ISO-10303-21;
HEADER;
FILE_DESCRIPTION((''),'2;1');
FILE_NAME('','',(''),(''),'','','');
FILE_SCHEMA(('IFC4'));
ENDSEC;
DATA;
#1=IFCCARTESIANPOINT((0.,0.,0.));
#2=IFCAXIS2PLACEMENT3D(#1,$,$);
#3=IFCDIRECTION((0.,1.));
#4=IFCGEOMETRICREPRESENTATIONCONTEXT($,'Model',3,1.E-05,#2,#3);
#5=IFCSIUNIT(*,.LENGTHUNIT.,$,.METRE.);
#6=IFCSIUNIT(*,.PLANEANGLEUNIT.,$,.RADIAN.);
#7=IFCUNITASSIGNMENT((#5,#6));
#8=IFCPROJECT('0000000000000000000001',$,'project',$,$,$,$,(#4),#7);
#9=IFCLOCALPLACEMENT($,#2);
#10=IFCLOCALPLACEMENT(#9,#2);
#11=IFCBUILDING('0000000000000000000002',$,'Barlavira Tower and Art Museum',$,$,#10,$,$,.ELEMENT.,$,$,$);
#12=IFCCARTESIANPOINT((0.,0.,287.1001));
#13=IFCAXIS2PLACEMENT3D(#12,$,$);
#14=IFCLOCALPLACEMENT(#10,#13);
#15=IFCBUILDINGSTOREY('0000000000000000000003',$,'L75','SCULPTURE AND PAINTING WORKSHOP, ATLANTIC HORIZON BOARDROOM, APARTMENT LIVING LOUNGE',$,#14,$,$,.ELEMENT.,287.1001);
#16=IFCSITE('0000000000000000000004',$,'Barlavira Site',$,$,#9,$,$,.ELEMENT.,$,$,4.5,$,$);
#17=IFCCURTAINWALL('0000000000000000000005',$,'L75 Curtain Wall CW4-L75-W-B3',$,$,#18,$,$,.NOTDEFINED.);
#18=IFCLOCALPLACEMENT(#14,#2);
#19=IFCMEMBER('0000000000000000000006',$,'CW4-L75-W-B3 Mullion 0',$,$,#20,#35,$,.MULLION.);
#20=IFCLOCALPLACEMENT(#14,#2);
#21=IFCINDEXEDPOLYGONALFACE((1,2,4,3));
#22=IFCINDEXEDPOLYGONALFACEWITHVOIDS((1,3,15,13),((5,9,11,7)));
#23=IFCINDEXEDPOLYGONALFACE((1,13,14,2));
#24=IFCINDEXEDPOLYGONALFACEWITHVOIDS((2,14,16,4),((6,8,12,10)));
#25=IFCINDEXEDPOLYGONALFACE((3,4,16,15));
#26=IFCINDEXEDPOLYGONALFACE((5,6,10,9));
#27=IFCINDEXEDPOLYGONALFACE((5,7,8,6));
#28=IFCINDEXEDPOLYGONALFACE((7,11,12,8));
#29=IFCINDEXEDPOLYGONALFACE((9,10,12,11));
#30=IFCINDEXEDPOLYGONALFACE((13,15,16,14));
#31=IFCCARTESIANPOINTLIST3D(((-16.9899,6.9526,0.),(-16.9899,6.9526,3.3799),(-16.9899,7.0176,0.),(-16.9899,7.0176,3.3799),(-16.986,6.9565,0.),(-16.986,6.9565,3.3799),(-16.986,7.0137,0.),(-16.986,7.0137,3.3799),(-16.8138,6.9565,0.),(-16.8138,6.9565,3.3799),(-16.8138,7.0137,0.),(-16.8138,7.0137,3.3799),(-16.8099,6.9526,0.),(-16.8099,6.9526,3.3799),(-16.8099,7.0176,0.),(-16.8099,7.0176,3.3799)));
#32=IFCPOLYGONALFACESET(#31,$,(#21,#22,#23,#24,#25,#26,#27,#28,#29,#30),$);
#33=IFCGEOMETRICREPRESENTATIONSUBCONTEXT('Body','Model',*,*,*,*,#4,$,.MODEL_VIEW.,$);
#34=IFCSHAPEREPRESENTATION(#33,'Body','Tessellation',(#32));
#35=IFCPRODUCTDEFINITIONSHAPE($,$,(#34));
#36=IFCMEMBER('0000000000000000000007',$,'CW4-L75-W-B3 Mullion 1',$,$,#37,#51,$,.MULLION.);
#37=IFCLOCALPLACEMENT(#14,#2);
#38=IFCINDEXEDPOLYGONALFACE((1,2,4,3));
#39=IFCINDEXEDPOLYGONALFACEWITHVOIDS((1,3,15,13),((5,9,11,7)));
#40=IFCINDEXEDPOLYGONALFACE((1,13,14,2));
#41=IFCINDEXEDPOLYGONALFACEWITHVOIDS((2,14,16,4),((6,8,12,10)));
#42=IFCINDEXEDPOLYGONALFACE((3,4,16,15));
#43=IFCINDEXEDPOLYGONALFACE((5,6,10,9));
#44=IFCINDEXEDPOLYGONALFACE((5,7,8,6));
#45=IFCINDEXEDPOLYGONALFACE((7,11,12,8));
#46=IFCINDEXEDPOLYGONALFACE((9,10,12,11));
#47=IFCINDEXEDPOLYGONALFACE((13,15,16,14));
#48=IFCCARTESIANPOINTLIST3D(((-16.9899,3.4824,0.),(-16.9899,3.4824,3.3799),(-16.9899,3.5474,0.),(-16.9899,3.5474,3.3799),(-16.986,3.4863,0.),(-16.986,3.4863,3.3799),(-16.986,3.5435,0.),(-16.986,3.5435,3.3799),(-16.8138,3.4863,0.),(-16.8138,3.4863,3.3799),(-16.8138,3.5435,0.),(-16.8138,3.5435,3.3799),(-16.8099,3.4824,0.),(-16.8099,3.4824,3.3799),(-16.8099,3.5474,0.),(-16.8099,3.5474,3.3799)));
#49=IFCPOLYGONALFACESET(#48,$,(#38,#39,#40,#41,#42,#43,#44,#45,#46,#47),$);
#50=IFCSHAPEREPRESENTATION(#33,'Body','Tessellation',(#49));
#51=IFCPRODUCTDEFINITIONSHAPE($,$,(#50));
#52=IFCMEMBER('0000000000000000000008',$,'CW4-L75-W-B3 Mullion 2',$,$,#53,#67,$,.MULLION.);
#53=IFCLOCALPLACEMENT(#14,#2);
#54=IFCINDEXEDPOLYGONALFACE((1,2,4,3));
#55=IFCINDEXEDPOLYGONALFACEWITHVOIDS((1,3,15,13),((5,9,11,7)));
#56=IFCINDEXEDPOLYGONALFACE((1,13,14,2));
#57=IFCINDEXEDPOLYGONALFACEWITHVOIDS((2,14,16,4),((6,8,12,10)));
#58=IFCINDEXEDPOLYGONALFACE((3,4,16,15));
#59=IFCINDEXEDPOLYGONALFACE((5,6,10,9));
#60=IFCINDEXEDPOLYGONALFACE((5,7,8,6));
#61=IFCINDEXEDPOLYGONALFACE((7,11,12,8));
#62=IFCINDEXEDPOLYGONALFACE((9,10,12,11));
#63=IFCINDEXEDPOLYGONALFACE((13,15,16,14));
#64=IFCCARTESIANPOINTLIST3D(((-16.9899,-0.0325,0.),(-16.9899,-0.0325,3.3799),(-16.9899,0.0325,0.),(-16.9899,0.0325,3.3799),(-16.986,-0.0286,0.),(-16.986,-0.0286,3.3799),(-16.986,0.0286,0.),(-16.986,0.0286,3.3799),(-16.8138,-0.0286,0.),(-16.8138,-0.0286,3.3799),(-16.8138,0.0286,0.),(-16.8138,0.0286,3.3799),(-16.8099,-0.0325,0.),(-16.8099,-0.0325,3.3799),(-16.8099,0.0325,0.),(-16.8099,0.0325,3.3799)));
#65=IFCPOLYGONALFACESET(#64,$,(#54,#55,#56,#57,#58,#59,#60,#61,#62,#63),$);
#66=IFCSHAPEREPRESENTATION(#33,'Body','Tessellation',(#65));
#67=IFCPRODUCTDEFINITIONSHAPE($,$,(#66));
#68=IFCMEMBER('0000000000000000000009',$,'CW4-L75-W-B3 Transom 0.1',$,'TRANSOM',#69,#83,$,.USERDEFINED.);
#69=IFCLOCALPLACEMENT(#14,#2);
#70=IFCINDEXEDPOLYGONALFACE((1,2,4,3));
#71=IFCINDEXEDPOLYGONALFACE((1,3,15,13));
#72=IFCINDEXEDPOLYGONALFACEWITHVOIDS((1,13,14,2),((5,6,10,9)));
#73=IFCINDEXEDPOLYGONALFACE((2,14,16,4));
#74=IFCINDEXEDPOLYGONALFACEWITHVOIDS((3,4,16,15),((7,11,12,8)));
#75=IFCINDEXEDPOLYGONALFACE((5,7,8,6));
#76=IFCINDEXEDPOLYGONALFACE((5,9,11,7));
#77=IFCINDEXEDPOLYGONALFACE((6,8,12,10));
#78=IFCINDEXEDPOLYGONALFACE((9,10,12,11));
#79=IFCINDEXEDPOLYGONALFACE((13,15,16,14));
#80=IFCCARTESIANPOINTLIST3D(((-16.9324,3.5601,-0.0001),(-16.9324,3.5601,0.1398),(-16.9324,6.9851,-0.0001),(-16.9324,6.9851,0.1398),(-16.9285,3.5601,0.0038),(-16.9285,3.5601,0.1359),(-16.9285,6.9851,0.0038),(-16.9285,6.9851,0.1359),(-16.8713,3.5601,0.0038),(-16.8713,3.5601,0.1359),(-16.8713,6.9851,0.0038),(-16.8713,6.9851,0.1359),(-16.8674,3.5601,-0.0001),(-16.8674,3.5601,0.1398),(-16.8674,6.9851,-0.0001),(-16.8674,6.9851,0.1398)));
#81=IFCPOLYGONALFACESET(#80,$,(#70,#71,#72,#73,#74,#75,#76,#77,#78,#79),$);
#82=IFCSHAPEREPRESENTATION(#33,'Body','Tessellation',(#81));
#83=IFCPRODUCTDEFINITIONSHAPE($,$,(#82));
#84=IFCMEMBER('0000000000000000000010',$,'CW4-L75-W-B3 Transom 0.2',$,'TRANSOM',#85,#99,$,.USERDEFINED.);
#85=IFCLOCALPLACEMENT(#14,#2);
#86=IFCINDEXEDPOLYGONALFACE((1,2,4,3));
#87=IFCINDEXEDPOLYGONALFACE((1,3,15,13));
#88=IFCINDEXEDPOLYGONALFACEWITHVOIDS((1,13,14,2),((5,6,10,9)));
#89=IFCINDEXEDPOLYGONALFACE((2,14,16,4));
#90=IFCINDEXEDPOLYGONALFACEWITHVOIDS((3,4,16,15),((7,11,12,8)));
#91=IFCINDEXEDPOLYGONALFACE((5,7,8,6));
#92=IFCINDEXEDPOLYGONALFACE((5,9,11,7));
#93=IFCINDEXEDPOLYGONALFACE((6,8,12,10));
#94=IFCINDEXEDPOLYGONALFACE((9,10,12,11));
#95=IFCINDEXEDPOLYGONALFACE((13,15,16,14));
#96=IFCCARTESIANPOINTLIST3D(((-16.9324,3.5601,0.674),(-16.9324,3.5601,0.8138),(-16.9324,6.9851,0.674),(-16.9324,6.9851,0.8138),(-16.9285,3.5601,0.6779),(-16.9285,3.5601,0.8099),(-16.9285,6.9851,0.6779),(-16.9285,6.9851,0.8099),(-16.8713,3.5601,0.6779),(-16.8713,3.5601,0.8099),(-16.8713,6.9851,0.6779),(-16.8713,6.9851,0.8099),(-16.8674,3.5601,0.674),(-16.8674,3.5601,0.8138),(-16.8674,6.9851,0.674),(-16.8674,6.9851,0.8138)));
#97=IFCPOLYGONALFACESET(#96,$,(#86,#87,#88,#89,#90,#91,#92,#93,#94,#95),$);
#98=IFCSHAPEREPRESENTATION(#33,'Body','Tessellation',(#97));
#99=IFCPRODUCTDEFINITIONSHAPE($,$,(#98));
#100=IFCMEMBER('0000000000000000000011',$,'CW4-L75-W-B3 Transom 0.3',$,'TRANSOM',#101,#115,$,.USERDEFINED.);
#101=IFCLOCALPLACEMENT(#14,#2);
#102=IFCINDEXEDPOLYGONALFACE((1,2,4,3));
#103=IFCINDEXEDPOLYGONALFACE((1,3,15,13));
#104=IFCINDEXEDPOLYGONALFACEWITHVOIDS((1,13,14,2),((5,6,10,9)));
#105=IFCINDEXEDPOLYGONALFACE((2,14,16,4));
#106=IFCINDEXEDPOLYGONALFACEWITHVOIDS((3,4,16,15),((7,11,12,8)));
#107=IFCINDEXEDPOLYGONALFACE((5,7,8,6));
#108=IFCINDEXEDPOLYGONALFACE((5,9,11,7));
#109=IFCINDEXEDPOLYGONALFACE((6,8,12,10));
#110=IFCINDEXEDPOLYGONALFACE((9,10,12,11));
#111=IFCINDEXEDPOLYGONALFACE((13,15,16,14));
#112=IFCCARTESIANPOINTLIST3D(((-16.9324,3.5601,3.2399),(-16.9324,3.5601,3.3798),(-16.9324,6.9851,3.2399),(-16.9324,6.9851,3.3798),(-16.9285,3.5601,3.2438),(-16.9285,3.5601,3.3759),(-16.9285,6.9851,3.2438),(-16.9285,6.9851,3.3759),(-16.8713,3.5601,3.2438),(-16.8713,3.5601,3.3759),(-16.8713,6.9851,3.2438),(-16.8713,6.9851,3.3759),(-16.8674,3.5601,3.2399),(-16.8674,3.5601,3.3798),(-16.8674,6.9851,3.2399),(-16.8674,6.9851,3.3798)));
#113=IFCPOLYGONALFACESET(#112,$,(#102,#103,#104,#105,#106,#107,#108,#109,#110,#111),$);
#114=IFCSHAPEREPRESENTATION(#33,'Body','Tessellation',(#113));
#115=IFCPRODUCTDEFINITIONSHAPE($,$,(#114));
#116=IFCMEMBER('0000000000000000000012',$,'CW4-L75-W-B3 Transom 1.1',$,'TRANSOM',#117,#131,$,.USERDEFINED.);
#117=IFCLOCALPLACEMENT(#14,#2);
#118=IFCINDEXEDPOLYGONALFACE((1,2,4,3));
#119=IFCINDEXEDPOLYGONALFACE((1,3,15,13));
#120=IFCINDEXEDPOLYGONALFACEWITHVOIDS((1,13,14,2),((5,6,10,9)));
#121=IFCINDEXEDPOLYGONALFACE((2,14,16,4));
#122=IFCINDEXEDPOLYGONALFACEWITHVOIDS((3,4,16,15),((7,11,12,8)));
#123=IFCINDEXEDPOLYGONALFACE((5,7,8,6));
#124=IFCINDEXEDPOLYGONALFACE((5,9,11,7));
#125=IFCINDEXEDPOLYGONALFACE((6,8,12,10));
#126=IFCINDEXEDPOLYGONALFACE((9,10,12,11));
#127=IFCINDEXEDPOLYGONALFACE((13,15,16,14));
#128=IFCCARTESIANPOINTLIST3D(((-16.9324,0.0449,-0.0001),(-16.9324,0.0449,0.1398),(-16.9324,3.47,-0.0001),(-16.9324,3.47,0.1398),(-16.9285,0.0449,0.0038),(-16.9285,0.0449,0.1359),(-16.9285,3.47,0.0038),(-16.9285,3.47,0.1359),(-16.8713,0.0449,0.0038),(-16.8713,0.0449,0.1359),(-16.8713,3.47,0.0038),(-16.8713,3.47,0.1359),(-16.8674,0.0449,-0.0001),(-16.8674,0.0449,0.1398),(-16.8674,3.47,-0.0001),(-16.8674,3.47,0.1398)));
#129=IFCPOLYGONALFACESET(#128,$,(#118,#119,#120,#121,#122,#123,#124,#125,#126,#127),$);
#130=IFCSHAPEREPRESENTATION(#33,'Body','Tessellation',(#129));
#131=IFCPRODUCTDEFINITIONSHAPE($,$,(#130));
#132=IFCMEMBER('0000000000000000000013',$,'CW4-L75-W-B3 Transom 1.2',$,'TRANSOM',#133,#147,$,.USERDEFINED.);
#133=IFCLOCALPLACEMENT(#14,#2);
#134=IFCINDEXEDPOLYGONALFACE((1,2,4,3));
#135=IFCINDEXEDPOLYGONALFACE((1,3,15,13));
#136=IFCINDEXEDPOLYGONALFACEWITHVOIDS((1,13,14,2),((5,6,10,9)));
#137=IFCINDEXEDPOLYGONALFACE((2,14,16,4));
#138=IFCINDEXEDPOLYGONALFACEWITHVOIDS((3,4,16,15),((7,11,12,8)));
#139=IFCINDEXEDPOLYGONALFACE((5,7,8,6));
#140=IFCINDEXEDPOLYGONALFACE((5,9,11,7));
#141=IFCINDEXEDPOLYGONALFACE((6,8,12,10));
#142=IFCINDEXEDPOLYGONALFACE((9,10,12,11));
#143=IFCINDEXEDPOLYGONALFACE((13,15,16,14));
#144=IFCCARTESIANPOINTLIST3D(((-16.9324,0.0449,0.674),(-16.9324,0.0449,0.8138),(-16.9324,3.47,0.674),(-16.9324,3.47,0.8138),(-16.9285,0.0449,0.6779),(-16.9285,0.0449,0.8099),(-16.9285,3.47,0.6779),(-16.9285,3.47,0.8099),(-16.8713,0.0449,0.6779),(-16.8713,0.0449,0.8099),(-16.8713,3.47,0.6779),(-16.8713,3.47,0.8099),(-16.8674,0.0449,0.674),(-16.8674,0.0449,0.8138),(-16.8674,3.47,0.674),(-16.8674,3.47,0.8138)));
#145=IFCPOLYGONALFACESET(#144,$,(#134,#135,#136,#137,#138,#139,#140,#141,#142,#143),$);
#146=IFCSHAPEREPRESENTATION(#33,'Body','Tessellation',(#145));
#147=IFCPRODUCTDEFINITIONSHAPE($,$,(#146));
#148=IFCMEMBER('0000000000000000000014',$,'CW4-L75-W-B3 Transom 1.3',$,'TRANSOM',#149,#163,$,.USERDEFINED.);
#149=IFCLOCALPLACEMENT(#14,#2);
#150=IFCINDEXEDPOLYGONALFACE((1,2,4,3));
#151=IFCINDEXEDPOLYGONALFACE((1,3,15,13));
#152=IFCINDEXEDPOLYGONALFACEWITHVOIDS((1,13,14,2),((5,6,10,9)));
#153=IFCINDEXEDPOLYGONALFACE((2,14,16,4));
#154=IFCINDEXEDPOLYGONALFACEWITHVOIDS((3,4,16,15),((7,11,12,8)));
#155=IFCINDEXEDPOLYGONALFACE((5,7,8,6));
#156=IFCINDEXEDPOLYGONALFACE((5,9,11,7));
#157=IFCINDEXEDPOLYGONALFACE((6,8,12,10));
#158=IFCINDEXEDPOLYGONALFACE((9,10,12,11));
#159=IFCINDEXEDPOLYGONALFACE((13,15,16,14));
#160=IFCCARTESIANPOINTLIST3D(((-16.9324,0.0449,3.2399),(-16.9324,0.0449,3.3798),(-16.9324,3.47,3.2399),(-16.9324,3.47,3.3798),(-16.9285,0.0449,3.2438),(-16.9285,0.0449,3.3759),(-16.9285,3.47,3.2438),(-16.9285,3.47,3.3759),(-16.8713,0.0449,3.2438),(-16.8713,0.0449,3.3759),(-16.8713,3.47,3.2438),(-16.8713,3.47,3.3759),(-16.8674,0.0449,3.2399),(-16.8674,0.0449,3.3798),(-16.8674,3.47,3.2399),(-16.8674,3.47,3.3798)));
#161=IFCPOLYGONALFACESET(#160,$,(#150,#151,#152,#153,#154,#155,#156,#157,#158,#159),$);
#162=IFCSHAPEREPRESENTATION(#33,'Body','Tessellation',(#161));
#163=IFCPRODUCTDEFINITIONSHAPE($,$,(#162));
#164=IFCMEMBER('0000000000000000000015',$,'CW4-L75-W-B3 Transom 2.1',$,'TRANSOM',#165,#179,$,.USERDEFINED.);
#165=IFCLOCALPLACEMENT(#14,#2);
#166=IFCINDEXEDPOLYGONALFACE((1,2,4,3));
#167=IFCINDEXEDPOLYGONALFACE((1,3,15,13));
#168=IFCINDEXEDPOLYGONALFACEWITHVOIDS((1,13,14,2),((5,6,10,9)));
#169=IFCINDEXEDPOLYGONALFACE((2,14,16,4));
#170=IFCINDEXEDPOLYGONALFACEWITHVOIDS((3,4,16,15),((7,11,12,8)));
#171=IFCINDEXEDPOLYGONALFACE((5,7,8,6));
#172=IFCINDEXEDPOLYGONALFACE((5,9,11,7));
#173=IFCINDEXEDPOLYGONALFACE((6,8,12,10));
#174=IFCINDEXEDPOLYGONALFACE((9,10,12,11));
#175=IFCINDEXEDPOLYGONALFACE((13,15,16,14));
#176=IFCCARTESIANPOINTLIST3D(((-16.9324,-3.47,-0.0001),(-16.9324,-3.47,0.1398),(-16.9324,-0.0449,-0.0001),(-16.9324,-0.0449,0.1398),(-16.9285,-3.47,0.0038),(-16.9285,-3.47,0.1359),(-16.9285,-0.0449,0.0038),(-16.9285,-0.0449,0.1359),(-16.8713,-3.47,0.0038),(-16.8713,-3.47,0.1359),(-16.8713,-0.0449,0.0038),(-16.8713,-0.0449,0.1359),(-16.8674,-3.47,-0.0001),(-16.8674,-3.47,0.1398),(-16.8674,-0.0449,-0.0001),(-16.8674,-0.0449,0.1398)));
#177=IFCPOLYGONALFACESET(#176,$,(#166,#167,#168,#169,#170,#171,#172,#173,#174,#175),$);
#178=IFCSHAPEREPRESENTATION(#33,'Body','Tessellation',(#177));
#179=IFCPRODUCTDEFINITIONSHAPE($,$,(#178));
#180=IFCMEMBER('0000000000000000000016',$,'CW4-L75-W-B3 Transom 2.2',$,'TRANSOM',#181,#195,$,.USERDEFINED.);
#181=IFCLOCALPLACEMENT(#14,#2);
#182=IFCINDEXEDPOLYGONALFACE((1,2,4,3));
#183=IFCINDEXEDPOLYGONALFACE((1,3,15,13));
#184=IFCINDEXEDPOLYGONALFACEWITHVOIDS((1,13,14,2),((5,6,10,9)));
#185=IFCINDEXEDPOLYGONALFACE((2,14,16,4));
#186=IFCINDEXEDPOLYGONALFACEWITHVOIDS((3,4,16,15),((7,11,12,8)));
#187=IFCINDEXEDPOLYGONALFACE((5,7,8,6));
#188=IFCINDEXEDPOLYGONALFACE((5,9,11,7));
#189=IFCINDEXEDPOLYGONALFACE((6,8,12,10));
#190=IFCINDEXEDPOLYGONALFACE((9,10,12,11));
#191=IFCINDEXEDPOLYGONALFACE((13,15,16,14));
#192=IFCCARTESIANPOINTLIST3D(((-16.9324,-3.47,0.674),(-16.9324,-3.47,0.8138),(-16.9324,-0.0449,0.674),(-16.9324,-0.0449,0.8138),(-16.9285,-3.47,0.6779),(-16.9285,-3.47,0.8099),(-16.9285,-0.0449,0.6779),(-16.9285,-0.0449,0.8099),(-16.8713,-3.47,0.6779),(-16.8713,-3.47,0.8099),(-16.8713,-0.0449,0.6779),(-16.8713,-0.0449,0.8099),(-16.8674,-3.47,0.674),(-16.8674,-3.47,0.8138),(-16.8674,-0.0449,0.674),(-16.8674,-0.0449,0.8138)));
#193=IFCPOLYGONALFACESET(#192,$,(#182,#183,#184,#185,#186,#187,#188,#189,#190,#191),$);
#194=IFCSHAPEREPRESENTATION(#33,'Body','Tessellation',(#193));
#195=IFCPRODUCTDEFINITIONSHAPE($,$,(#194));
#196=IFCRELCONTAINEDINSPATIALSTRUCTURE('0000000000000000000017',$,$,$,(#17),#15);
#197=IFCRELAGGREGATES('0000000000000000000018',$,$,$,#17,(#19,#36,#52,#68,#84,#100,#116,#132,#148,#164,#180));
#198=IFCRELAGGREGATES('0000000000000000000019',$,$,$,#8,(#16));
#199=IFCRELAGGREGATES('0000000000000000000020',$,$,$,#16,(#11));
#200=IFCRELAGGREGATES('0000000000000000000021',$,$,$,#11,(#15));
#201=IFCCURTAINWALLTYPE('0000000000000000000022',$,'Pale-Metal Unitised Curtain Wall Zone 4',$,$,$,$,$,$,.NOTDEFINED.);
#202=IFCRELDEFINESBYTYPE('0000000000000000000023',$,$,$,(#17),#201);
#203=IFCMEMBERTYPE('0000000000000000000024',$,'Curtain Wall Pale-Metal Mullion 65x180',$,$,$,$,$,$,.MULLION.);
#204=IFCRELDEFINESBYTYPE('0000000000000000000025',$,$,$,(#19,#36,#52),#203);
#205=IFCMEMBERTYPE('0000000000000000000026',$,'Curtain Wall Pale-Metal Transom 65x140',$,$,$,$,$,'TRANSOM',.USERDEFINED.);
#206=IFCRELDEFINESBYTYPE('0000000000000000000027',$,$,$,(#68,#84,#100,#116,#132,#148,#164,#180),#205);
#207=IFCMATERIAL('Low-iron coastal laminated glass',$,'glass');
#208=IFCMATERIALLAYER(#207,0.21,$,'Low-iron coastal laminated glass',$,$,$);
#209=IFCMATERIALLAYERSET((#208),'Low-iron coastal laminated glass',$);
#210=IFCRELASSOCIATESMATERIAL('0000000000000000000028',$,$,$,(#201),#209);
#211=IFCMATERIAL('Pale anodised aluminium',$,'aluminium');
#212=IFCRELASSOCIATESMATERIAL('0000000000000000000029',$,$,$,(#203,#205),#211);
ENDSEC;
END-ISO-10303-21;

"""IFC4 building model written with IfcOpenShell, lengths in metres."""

from ifc_helpers import new_model, si_unit, direction, frame, origin, origin_2d, place, context, subcontext, project, spatial, hollow_rectangle, extrude, material, layer, layer_set, material_profile, profile_set, type_object, element, aggregate, save


model = new_model("IFC4")

# Units and contexts
model_context = context("Model", 3, precision=1e-05, world=origin(), true_north=direction((0.0, 1.0)))
body_context = subcontext(model_context, "Body", "Model", "MODEL_VIEW")
ifc_project = project(units=[si_unit("LENGTHUNIT", "METRE"), si_unit("PLANEANGLEUNIT", "RADIAN")], contexts=[model_context])

# Site, building, storey
site_placement = place(None, origin())
site = spatial("IfcSite", under=ifc_project, at=site_placement, Name="Barlavira Site", CompositionType="ELEMENT", RefElevation=4.5)
building_placement = place(site_placement, origin())
building = spatial("IfcBuilding", under=site, at=building_placement, Name="Barlavira Tower and Art Museum", CompositionType="ELEMENT")
storey_placement = place(building_placement, frame((0.0, 0.0, 287.1001)))
storey = spatial("IfcBuildingStorey", under=building, at=storey_placement, Name="L75", Description="SCULPTURE AND PAINTING WORKSHOP, ATLANTIC HORIZON BOARDROOM, APARTMENT LIVING LOUNGE", CompositionType="ELEMENT", Elevation=287.1001)

# Curtain wall, members
ifc_material_1 = material(Name="Low-iron coastal laminated glass", Category="glass")
ifc_layer_1 = layer(ifc_material_1, 0.21, Name="Low-iron coastal laminated glass")
ifc_layer_set_1 = layer_set([ifc_layer_1], Name="Low-iron coastal laminated glass")
curtain_wall_type = type_object("IfcCurtainWallType", Name="Pale-Metal Unitised Curtain Wall Zone 4", PredefinedType="NOTDEFINED", material=ifc_layer_set_1)
curtain_wall_placement = place(storey_placement, origin())
curtain_wall = element("IfcCurtainWall", 1, at=curtain_wall_placement, inside=storey, type_object=curtain_wall_type, Name="L75 Curtain Wall CW4-L75-W-B3", PredefinedType="NOTDEFINED")
ifc_material_2 = material(Name="Pale anodised aluminium", Category="aluminium")
ifc_material_profile_1 = material_profile(ifc_material_2, hollow_rectangle(XDim=0.0649, YDim=0.1799, WallThickness=0.0039, at=origin_2d()), Name="ALU-MULL 65x180x4")
ifc_profile_set_1 = profile_set([ifc_material_profile_1], Name="Pale anodised aluminium")
member_type_1 = type_object("IfcMemberType", Name="Curtain Wall Pale-Metal Mullion 65x180", PredefinedType="MULLION", material=ifc_profile_set_1)
member_1_placement = place(storey_placement, frame((-16.8999, 6.9851, 0.0), z_axis=(0.0, 0.0, 1.0), x_axis=(0.0, -1.0, 0.0)))
member_1 = element("IfcMember", 2, at=member_1_placement, type_object=member_type_1, Name="CW4-L75-W-B3 Mullion 0", PredefinedType="MULLION", context=body_context, shape_type="SweptSolid", body=[
    extrude(hollow_rectangle(XDim=0.0649, YDim=0.1799, WallThickness=0.0039, at=origin_2d()), origin(), (0.0, 0.0, 1.0), 3.3799),
])
member_2_placement = place(storey_placement, frame((-16.8999, 3.5149, 0.0), z_axis=(0.0, 0.0, 1.0), x_axis=(0.0, -1.0, 0.0)))
member_2 = element("IfcMember", 3, at=member_2_placement, type_object=member_type_1, Name="CW4-L75-W-B3 Mullion 1", PredefinedType="MULLION", context=body_context, shape_type="SweptSolid", body=[
    extrude(hollow_rectangle(XDim=0.0649, YDim=0.1799, WallThickness=0.0039, at=origin_2d()), origin(), (0.0, 0.0, 1.0), 3.3799),
])
member_3_placement = place(storey_placement, frame((-16.8999, 0.0, 0.0), z_axis=(0.0, 0.0, 1.0), x_axis=(0.0, -1.0, 0.0)))
member_3 = element("IfcMember", 4, at=member_3_placement, type_object=member_type_1, Name="CW4-L75-W-B3 Mullion 2", PredefinedType="MULLION", context=body_context, shape_type="SweptSolid", body=[
    extrude(hollow_rectangle(XDim=0.0649, YDim=0.1799, WallThickness=0.0039, at=origin_2d()), origin(), (0.0, 0.0, 1.0), 3.3799),
])
ifc_material_profile_2 = material_profile(ifc_material_2, hollow_rectangle(XDim=0.0649, YDim=0.1399, WallThickness=0.0039, at=origin_2d()), Name="ALU-TRAN 65x140x4")
ifc_profile_set_2 = profile_set([ifc_material_profile_2], Name="Pale anodised aluminium")
member_type_2 = type_object("IfcMemberType", Name="Curtain Wall Pale-Metal Transom 65x140", ElementType="TRANSOM", PredefinedType="USERDEFINED", material=ifc_profile_set_2)
member_4_placement = place(storey_placement, frame((-16.8999, 6.9851, 0.0698), z_axis=(0.0, -1.0, 0.0), x_axis=(1.0, 0.0, 0.0)))
member_4 = element("IfcMember", 5, at=member_4_placement, type_object=member_type_2, Name="CW4-L75-W-B3 Transom 0.1", ObjectType="TRANSOM", PredefinedType="USERDEFINED", context=body_context, shape_type="SweptSolid", body=[
    extrude(hollow_rectangle(XDim=0.0649, YDim=0.1399, WallThickness=0.0039, at=origin_2d()), origin(), (0.0, 0.0, 1.0), 3.425),
])
member_5_placement = place(storey_placement, frame((-16.8999, 6.9851, 0.7439), z_axis=(0.0, -1.0, 0.0), x_axis=(1.0, 0.0, 0.0)))
member_5 = element("IfcMember", 6, at=member_5_placement, type_object=member_type_2, Name="CW4-L75-W-B3 Transom 0.2", ObjectType="TRANSOM", PredefinedType="USERDEFINED", context=body_context, shape_type="SweptSolid", body=[
    extrude(hollow_rectangle(XDim=0.0649, YDim=0.1399, WallThickness=0.0039, at=origin_2d()), origin(), (0.0, 0.0, 1.0), 3.425),
])
member_6_placement = place(storey_placement, frame((-16.8999, 6.9851, 3.3098), z_axis=(0.0, -1.0, 0.0), x_axis=(1.0, 0.0, 0.0)))
member_6 = element("IfcMember", 7, at=member_6_placement, type_object=member_type_2, Name="CW4-L75-W-B3 Transom 0.3", ObjectType="TRANSOM", PredefinedType="USERDEFINED", context=body_context, shape_type="SweptSolid", body=[
    extrude(hollow_rectangle(XDim=0.0649, YDim=0.1399, WallThickness=0.0039, at=origin_2d()), origin(), (0.0, 0.0, 1.0), 3.425),
])
member_7_placement = place(storey_placement, frame((-16.8999, 3.47, 0.0698), z_axis=(0.0, -1.0, 0.0), x_axis=(1.0, 0.0, 0.0)))
member_7 = element("IfcMember", 8, at=member_7_placement, type_object=member_type_2, Name="CW4-L75-W-B3 Transom 1.1", ObjectType="TRANSOM", PredefinedType="USERDEFINED", context=body_context, shape_type="SweptSolid", body=[
    extrude(hollow_rectangle(XDim=0.0649, YDim=0.1399, WallThickness=0.0039, at=origin_2d()), origin(), (0.0, 0.0, 1.0), 3.425),
])
member_8_placement = place(storey_placement, frame((-16.8999, 3.47, 0.7439), z_axis=(0.0, -1.0, 0.0), x_axis=(1.0, 0.0, 0.0)))
member_8 = element("IfcMember", 9, at=member_8_placement, type_object=member_type_2, Name="CW4-L75-W-B3 Transom 1.2", ObjectType="TRANSOM", PredefinedType="USERDEFINED", context=body_context, shape_type="SweptSolid", body=[
    extrude(hollow_rectangle(XDim=0.0649, YDim=0.1399, WallThickness=0.0039, at=origin_2d()), origin(), (0.0, 0.0, 1.0), 3.425),
])
member_9_placement = place(storey_placement, frame((-16.8999, 3.47, 3.3098), z_axis=(0.0, -1.0, 0.0), x_axis=(1.0, 0.0, 0.0)))
member_9 = element("IfcMember", 10, at=member_9_placement, type_object=member_type_2, Name="CW4-L75-W-B3 Transom 1.3", ObjectType="TRANSOM", PredefinedType="USERDEFINED", context=body_context, shape_type="SweptSolid", body=[
    extrude(hollow_rectangle(XDim=0.0649, YDim=0.1399, WallThickness=0.0039, at=origin_2d()), origin(), (0.0, 0.0, 1.0), 3.425),
])
member_10_placement = place(storey_placement, frame((-16.8999, -0.0449, 0.0698), z_axis=(0.0, -1.0, 0.0), x_axis=(1.0, 0.0, 0.0)))
member_10 = element("IfcMember", 11, at=member_10_placement, type_object=member_type_2, Name="CW4-L75-W-B3 Transom 2.1", ObjectType="TRANSOM", PredefinedType="USERDEFINED", context=body_context, shape_type="SweptSolid", body=[
    extrude(hollow_rectangle(XDim=0.0649, YDim=0.1399, WallThickness=0.0039, at=origin_2d()), origin(), (0.0, 0.0, 1.0), 3.425),
])
member_11_placement = place(storey_placement, frame((-16.8999, -0.0449, 0.7439), z_axis=(0.0, -1.0, 0.0), x_axis=(1.0, 0.0, 0.0)))
member_11 = element("IfcMember", 12, at=member_11_placement, type_object=member_type_2, Name="CW4-L75-W-B3 Transom 2.2", ObjectType="TRANSOM", PredefinedType="USERDEFINED", context=body_context, shape_type="SweptSolid", body=[
    extrude(hollow_rectangle(XDim=0.0649, YDim=0.1399, WallThickness=0.0039, at=origin_2d()), origin(), (0.0, 0.0, 1.0), 3.425),
])
aggregate(curtain_wall, [member_1, member_2, member_3, member_4, member_5, member_6, member_7, member_8, member_9, member_10, member_11])

save(model, "model.ifc")
